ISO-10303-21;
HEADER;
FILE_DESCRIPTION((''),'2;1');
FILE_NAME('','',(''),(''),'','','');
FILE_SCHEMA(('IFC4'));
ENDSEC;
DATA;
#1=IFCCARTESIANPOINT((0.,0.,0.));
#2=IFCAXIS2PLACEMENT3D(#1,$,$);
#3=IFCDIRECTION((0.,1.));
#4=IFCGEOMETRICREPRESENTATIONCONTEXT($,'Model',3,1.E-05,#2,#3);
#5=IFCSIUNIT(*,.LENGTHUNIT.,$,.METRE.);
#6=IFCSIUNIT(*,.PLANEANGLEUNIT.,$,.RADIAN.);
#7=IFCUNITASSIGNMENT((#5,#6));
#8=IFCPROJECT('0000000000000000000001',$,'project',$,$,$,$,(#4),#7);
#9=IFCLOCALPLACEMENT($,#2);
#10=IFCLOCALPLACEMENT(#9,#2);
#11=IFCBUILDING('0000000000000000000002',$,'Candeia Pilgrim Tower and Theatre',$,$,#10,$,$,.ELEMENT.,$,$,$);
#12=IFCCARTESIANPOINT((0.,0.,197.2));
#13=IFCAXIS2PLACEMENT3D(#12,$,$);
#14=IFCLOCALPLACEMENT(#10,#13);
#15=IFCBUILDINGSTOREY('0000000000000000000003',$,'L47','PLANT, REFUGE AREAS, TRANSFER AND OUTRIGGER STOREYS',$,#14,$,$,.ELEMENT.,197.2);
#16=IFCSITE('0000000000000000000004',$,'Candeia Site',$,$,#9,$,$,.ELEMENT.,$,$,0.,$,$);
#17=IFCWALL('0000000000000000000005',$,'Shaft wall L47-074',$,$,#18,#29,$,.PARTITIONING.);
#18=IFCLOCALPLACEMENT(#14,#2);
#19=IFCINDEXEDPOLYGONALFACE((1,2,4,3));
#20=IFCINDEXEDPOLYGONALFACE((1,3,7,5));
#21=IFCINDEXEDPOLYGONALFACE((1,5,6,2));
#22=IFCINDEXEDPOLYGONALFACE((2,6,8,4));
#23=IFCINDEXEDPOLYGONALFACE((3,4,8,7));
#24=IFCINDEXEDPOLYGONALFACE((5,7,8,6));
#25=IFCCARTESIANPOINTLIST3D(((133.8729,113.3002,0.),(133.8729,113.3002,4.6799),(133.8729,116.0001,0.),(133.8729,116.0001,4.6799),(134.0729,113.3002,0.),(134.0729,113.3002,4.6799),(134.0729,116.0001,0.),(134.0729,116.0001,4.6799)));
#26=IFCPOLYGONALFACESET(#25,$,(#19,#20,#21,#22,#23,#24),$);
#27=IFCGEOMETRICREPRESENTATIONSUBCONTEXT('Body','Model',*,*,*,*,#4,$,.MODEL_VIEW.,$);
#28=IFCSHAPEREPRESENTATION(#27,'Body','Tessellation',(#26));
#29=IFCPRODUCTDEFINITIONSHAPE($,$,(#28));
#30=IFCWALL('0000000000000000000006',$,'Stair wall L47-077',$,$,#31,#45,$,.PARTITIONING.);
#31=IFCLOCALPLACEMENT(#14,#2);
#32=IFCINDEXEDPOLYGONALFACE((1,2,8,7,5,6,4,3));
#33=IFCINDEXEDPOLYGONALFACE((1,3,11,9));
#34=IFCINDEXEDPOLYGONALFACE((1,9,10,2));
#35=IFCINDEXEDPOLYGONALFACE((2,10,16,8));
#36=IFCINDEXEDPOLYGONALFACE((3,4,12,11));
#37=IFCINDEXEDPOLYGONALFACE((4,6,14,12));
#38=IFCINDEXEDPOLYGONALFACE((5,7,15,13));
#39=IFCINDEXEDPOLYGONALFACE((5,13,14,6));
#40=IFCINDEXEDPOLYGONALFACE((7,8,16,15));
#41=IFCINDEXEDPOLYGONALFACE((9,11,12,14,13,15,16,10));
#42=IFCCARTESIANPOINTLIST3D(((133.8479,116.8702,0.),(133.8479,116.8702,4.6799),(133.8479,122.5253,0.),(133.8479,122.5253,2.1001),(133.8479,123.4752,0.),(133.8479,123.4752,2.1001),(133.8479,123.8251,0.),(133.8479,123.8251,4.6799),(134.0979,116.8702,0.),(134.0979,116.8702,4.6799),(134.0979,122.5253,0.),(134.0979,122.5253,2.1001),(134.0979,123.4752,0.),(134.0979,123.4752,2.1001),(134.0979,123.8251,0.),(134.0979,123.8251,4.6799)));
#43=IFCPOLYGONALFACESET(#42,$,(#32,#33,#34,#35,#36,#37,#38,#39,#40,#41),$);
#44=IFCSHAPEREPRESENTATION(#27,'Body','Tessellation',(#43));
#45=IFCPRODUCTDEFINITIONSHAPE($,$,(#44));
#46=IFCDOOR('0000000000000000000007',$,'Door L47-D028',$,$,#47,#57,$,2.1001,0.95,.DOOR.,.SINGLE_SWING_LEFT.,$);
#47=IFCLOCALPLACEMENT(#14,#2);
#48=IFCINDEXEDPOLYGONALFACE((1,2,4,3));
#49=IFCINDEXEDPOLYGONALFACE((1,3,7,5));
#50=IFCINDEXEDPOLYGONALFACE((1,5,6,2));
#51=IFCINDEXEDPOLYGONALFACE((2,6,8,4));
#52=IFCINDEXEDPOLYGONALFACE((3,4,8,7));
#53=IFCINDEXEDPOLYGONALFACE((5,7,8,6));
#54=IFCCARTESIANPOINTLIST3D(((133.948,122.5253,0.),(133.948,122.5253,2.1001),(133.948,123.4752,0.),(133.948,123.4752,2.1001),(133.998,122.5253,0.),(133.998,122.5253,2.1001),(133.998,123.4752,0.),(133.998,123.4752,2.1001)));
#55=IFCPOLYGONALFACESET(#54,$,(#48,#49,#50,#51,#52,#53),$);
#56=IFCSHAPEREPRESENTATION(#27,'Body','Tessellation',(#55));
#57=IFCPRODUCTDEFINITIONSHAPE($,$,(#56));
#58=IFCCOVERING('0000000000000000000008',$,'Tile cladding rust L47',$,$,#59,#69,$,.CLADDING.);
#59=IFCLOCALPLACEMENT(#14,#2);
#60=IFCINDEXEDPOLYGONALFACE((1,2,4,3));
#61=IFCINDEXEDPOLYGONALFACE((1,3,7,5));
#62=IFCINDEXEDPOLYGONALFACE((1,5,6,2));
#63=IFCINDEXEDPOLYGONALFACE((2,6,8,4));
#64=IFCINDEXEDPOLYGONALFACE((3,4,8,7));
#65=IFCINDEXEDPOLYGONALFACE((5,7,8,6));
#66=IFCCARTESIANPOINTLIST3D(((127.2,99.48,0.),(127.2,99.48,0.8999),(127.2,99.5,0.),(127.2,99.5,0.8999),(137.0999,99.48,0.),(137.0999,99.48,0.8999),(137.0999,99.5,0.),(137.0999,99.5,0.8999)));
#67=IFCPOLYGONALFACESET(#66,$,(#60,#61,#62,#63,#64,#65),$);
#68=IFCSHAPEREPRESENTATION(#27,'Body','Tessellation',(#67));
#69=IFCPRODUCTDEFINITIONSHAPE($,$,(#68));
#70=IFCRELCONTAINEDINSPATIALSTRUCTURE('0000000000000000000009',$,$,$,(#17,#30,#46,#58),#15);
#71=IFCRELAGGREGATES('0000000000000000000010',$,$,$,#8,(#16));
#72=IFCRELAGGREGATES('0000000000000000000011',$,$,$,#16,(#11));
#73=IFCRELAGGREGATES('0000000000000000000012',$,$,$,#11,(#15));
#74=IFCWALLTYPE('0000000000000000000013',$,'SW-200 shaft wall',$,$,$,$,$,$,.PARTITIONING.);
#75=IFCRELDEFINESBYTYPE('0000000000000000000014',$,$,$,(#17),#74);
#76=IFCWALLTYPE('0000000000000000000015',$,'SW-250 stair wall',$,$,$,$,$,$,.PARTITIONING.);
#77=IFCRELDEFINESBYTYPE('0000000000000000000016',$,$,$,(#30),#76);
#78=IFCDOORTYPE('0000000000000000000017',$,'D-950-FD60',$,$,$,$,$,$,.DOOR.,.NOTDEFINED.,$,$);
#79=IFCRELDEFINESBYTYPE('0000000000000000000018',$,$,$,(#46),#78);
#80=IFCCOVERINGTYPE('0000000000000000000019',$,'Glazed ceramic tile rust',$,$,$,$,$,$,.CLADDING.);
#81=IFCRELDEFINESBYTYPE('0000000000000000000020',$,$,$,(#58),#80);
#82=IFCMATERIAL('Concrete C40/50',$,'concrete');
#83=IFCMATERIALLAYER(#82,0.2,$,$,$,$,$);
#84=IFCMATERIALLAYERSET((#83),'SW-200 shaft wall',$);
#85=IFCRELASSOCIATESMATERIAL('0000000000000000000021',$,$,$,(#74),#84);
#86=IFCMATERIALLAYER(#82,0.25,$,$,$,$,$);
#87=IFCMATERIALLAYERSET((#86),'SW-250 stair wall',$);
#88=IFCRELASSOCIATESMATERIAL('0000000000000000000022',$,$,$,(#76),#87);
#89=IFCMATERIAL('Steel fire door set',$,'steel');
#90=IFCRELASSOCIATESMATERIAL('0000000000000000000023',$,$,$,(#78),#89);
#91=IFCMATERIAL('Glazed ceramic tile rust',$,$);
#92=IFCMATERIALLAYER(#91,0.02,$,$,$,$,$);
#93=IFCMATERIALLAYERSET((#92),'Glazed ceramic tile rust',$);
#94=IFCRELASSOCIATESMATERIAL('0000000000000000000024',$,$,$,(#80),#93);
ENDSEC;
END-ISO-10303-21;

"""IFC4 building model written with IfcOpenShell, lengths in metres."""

from ifc_helpers import new_model, si_unit, direction, frame, frame_2d, origin, origin_2d, place, context, subcontext, project, spatial, rectangle, extrude, material, layer, layer_set, type_object, element, fill, save


model = new_model("IFC4")

# Units and contexts
model_context = context("Model", 3, precision=1e-05, world=origin(), true_north=direction((0.0, 1.0)))
body_context = subcontext(model_context, "Body", "Model", "MODEL_VIEW")
ifc_project = project(units=[si_unit("LENGTHUNIT", "METRE"), si_unit("PLANEANGLEUNIT", "RADIAN")], contexts=[model_context])

# Site, building, storey
site_placement = place(None, origin())
site = spatial("IfcSite", under=ifc_project, at=site_placement, Name="Candeia Site", CompositionType="ELEMENT", RefElevation=0.0)
building_placement = place(site_placement, origin())
building = spatial("IfcBuilding", under=site, at=building_placement, Name="Candeia Pilgrim Tower and Theatre", CompositionType="ELEMENT")
storey_placement = place(building_placement, frame((0.0, 0.0, 197.2)))
storey = spatial("IfcBuildingStorey", under=building, at=storey_placement, Name="L47", Description="PLANT, REFUGE AREAS, TRANSFER AND OUTRIGGER STOREYS", CompositionType="ELEMENT", Elevation=197.2)

# Shared definitions
ifc_material_1 = material(Name="Steel fire door set", Category="steel")

# Shared definitions
ifc_material_2 = material(Name="Concrete C40/50", Category="concrete")
ifc_layer_1 = layer(ifc_material_2, 0.2)
ifc_layer_set_1 = layer_set([ifc_layer_1], Name="SW-200 shaft wall")
wall_type_1 = type_object("IfcWallType", Name="SW-200 shaft wall", PredefinedType="PARTITIONING", material=ifc_layer_set_1)

# Wall
wall_1_placement = place(storey_placement, frame((133.9729, 113.3, 0.0), z_axis=(0.0, 0.0, 1.0), x_axis=(0.0, 1.0, 0.0)))
element("IfcWall", 1, at=wall_1_placement, inside=storey, type_object=wall_type_1, Name="Shaft wall L47-074", PredefinedType="PARTITIONING", context=body_context, shape_type="SweptSolid", body=[
    extrude(rectangle(XDim=2.7, YDim=0.2, at=frame_2d((1.3501, 0.0))), origin(), (0.0, 0.0, 1.0), 4.6799),
])

# Wall, opening, door
ifc_layer_2 = layer(ifc_material_2, 0.25)
ifc_layer_set_2 = layer_set([ifc_layer_2], Name="SW-250 stair wall")
wall_type_2 = type_object("IfcWallType", Name="SW-250 stair wall", PredefinedType="PARTITIONING", material=ifc_layer_set_2)
wall_2_placement = place(storey_placement, frame((133.9729, 116.8701, 0.0), z_axis=(0.0, 0.0, 1.0), x_axis=(0.0, 1.0, 0.0)))
wall_2 = element("IfcWall", 2, at=wall_2_placement, inside=storey, type_object=wall_type_2, Name="Stair wall L47-077", PredefinedType="PARTITIONING", context=body_context, shape_type="SweptSolid", body=[
    extrude(rectangle(XDim=6.9548, YDim=0.25, at=frame_2d((3.4775, 0.0))), origin(), (0.0, 0.0, 1.0), 4.6799),
])
opening_1_placement = place(wall_2_placement, frame((5.655, 0.0, 0.0)))
opening_1 = element("IfcOpeningElement", 3, at=opening_1_placement, cuts=wall_2, PredefinedType="OPENING", context=body_context, shape_type="SweptSolid", body=[
    extrude(rectangle(XDim=0.95, YDim=2.1001, at=frame_2d((0.4751, 1.05))), frame((0.0, 0.135, 0.0), z_axis=(0.0, -1.0, 0.0), x_axis=(1.0, 0.0, 0.0)), (0.0, 0.0, 1.0), 0.27),
])
door_type_1 = type_object("IfcDoorType", Name="D-950-FD60", OperationType="NOTDEFINED", PredefinedType="DOOR", material=ifc_material_1)
door_1_placement = place(opening_1_placement, origin())
door_1 = element("IfcDoor", 4, at=door_1_placement, inside=storey, type_object=door_type_1, Name="Door L47-D028", OperationType="SINGLE_SWING_LEFT", OverallHeight=2.1001, OverallWidth=0.95, PredefinedType="DOOR", context=body_context, shape_type="SweptSolid", body=[
    extrude(rectangle(XDim=0.95, YDim=2.1001, at=frame_2d((0.4751, 1.05))), frame((0.0, 0.0249, 0.0), z_axis=(0.0, -1.0, 0.0), x_axis=(1.0, 0.0, 0.0)), (0.0, 0.0, 1.0), 0.05),
])
fill(opening_1, door_1)

# Covering
ifc_material_3 = material(Name="Glazed ceramic tile rust")
ifc_layer_3 = layer(ifc_material_3, 0.02)
ifc_layer_set_3 = layer_set([ifc_layer_3], Name="Glazed ceramic tile rust")
covering_type = type_object("IfcCoveringType", Name="Glazed ceramic tile rust", PredefinedType="CLADDING", material=ifc_layer_set_3)
covering_placement = place(storey_placement, frame((132.1499, 99.49, 0.0), z_axis=(0.0, 0.0, 1.0), x_axis=(1.0, 0.0, 0.0)))
element("IfcCovering", 5, at=covering_placement, inside=storey, type_object=covering_type, Name="Tile cladding rust L47", PredefinedType="CLADDING", context=body_context, shape_type="SweptSolid", body=[
    extrude(rectangle(XDim=9.8999, YDim=0.02, at=origin_2d()), origin(), (0.0, 0.0, 1.0), 0.8999),
])

save(model, "model.ifc")
